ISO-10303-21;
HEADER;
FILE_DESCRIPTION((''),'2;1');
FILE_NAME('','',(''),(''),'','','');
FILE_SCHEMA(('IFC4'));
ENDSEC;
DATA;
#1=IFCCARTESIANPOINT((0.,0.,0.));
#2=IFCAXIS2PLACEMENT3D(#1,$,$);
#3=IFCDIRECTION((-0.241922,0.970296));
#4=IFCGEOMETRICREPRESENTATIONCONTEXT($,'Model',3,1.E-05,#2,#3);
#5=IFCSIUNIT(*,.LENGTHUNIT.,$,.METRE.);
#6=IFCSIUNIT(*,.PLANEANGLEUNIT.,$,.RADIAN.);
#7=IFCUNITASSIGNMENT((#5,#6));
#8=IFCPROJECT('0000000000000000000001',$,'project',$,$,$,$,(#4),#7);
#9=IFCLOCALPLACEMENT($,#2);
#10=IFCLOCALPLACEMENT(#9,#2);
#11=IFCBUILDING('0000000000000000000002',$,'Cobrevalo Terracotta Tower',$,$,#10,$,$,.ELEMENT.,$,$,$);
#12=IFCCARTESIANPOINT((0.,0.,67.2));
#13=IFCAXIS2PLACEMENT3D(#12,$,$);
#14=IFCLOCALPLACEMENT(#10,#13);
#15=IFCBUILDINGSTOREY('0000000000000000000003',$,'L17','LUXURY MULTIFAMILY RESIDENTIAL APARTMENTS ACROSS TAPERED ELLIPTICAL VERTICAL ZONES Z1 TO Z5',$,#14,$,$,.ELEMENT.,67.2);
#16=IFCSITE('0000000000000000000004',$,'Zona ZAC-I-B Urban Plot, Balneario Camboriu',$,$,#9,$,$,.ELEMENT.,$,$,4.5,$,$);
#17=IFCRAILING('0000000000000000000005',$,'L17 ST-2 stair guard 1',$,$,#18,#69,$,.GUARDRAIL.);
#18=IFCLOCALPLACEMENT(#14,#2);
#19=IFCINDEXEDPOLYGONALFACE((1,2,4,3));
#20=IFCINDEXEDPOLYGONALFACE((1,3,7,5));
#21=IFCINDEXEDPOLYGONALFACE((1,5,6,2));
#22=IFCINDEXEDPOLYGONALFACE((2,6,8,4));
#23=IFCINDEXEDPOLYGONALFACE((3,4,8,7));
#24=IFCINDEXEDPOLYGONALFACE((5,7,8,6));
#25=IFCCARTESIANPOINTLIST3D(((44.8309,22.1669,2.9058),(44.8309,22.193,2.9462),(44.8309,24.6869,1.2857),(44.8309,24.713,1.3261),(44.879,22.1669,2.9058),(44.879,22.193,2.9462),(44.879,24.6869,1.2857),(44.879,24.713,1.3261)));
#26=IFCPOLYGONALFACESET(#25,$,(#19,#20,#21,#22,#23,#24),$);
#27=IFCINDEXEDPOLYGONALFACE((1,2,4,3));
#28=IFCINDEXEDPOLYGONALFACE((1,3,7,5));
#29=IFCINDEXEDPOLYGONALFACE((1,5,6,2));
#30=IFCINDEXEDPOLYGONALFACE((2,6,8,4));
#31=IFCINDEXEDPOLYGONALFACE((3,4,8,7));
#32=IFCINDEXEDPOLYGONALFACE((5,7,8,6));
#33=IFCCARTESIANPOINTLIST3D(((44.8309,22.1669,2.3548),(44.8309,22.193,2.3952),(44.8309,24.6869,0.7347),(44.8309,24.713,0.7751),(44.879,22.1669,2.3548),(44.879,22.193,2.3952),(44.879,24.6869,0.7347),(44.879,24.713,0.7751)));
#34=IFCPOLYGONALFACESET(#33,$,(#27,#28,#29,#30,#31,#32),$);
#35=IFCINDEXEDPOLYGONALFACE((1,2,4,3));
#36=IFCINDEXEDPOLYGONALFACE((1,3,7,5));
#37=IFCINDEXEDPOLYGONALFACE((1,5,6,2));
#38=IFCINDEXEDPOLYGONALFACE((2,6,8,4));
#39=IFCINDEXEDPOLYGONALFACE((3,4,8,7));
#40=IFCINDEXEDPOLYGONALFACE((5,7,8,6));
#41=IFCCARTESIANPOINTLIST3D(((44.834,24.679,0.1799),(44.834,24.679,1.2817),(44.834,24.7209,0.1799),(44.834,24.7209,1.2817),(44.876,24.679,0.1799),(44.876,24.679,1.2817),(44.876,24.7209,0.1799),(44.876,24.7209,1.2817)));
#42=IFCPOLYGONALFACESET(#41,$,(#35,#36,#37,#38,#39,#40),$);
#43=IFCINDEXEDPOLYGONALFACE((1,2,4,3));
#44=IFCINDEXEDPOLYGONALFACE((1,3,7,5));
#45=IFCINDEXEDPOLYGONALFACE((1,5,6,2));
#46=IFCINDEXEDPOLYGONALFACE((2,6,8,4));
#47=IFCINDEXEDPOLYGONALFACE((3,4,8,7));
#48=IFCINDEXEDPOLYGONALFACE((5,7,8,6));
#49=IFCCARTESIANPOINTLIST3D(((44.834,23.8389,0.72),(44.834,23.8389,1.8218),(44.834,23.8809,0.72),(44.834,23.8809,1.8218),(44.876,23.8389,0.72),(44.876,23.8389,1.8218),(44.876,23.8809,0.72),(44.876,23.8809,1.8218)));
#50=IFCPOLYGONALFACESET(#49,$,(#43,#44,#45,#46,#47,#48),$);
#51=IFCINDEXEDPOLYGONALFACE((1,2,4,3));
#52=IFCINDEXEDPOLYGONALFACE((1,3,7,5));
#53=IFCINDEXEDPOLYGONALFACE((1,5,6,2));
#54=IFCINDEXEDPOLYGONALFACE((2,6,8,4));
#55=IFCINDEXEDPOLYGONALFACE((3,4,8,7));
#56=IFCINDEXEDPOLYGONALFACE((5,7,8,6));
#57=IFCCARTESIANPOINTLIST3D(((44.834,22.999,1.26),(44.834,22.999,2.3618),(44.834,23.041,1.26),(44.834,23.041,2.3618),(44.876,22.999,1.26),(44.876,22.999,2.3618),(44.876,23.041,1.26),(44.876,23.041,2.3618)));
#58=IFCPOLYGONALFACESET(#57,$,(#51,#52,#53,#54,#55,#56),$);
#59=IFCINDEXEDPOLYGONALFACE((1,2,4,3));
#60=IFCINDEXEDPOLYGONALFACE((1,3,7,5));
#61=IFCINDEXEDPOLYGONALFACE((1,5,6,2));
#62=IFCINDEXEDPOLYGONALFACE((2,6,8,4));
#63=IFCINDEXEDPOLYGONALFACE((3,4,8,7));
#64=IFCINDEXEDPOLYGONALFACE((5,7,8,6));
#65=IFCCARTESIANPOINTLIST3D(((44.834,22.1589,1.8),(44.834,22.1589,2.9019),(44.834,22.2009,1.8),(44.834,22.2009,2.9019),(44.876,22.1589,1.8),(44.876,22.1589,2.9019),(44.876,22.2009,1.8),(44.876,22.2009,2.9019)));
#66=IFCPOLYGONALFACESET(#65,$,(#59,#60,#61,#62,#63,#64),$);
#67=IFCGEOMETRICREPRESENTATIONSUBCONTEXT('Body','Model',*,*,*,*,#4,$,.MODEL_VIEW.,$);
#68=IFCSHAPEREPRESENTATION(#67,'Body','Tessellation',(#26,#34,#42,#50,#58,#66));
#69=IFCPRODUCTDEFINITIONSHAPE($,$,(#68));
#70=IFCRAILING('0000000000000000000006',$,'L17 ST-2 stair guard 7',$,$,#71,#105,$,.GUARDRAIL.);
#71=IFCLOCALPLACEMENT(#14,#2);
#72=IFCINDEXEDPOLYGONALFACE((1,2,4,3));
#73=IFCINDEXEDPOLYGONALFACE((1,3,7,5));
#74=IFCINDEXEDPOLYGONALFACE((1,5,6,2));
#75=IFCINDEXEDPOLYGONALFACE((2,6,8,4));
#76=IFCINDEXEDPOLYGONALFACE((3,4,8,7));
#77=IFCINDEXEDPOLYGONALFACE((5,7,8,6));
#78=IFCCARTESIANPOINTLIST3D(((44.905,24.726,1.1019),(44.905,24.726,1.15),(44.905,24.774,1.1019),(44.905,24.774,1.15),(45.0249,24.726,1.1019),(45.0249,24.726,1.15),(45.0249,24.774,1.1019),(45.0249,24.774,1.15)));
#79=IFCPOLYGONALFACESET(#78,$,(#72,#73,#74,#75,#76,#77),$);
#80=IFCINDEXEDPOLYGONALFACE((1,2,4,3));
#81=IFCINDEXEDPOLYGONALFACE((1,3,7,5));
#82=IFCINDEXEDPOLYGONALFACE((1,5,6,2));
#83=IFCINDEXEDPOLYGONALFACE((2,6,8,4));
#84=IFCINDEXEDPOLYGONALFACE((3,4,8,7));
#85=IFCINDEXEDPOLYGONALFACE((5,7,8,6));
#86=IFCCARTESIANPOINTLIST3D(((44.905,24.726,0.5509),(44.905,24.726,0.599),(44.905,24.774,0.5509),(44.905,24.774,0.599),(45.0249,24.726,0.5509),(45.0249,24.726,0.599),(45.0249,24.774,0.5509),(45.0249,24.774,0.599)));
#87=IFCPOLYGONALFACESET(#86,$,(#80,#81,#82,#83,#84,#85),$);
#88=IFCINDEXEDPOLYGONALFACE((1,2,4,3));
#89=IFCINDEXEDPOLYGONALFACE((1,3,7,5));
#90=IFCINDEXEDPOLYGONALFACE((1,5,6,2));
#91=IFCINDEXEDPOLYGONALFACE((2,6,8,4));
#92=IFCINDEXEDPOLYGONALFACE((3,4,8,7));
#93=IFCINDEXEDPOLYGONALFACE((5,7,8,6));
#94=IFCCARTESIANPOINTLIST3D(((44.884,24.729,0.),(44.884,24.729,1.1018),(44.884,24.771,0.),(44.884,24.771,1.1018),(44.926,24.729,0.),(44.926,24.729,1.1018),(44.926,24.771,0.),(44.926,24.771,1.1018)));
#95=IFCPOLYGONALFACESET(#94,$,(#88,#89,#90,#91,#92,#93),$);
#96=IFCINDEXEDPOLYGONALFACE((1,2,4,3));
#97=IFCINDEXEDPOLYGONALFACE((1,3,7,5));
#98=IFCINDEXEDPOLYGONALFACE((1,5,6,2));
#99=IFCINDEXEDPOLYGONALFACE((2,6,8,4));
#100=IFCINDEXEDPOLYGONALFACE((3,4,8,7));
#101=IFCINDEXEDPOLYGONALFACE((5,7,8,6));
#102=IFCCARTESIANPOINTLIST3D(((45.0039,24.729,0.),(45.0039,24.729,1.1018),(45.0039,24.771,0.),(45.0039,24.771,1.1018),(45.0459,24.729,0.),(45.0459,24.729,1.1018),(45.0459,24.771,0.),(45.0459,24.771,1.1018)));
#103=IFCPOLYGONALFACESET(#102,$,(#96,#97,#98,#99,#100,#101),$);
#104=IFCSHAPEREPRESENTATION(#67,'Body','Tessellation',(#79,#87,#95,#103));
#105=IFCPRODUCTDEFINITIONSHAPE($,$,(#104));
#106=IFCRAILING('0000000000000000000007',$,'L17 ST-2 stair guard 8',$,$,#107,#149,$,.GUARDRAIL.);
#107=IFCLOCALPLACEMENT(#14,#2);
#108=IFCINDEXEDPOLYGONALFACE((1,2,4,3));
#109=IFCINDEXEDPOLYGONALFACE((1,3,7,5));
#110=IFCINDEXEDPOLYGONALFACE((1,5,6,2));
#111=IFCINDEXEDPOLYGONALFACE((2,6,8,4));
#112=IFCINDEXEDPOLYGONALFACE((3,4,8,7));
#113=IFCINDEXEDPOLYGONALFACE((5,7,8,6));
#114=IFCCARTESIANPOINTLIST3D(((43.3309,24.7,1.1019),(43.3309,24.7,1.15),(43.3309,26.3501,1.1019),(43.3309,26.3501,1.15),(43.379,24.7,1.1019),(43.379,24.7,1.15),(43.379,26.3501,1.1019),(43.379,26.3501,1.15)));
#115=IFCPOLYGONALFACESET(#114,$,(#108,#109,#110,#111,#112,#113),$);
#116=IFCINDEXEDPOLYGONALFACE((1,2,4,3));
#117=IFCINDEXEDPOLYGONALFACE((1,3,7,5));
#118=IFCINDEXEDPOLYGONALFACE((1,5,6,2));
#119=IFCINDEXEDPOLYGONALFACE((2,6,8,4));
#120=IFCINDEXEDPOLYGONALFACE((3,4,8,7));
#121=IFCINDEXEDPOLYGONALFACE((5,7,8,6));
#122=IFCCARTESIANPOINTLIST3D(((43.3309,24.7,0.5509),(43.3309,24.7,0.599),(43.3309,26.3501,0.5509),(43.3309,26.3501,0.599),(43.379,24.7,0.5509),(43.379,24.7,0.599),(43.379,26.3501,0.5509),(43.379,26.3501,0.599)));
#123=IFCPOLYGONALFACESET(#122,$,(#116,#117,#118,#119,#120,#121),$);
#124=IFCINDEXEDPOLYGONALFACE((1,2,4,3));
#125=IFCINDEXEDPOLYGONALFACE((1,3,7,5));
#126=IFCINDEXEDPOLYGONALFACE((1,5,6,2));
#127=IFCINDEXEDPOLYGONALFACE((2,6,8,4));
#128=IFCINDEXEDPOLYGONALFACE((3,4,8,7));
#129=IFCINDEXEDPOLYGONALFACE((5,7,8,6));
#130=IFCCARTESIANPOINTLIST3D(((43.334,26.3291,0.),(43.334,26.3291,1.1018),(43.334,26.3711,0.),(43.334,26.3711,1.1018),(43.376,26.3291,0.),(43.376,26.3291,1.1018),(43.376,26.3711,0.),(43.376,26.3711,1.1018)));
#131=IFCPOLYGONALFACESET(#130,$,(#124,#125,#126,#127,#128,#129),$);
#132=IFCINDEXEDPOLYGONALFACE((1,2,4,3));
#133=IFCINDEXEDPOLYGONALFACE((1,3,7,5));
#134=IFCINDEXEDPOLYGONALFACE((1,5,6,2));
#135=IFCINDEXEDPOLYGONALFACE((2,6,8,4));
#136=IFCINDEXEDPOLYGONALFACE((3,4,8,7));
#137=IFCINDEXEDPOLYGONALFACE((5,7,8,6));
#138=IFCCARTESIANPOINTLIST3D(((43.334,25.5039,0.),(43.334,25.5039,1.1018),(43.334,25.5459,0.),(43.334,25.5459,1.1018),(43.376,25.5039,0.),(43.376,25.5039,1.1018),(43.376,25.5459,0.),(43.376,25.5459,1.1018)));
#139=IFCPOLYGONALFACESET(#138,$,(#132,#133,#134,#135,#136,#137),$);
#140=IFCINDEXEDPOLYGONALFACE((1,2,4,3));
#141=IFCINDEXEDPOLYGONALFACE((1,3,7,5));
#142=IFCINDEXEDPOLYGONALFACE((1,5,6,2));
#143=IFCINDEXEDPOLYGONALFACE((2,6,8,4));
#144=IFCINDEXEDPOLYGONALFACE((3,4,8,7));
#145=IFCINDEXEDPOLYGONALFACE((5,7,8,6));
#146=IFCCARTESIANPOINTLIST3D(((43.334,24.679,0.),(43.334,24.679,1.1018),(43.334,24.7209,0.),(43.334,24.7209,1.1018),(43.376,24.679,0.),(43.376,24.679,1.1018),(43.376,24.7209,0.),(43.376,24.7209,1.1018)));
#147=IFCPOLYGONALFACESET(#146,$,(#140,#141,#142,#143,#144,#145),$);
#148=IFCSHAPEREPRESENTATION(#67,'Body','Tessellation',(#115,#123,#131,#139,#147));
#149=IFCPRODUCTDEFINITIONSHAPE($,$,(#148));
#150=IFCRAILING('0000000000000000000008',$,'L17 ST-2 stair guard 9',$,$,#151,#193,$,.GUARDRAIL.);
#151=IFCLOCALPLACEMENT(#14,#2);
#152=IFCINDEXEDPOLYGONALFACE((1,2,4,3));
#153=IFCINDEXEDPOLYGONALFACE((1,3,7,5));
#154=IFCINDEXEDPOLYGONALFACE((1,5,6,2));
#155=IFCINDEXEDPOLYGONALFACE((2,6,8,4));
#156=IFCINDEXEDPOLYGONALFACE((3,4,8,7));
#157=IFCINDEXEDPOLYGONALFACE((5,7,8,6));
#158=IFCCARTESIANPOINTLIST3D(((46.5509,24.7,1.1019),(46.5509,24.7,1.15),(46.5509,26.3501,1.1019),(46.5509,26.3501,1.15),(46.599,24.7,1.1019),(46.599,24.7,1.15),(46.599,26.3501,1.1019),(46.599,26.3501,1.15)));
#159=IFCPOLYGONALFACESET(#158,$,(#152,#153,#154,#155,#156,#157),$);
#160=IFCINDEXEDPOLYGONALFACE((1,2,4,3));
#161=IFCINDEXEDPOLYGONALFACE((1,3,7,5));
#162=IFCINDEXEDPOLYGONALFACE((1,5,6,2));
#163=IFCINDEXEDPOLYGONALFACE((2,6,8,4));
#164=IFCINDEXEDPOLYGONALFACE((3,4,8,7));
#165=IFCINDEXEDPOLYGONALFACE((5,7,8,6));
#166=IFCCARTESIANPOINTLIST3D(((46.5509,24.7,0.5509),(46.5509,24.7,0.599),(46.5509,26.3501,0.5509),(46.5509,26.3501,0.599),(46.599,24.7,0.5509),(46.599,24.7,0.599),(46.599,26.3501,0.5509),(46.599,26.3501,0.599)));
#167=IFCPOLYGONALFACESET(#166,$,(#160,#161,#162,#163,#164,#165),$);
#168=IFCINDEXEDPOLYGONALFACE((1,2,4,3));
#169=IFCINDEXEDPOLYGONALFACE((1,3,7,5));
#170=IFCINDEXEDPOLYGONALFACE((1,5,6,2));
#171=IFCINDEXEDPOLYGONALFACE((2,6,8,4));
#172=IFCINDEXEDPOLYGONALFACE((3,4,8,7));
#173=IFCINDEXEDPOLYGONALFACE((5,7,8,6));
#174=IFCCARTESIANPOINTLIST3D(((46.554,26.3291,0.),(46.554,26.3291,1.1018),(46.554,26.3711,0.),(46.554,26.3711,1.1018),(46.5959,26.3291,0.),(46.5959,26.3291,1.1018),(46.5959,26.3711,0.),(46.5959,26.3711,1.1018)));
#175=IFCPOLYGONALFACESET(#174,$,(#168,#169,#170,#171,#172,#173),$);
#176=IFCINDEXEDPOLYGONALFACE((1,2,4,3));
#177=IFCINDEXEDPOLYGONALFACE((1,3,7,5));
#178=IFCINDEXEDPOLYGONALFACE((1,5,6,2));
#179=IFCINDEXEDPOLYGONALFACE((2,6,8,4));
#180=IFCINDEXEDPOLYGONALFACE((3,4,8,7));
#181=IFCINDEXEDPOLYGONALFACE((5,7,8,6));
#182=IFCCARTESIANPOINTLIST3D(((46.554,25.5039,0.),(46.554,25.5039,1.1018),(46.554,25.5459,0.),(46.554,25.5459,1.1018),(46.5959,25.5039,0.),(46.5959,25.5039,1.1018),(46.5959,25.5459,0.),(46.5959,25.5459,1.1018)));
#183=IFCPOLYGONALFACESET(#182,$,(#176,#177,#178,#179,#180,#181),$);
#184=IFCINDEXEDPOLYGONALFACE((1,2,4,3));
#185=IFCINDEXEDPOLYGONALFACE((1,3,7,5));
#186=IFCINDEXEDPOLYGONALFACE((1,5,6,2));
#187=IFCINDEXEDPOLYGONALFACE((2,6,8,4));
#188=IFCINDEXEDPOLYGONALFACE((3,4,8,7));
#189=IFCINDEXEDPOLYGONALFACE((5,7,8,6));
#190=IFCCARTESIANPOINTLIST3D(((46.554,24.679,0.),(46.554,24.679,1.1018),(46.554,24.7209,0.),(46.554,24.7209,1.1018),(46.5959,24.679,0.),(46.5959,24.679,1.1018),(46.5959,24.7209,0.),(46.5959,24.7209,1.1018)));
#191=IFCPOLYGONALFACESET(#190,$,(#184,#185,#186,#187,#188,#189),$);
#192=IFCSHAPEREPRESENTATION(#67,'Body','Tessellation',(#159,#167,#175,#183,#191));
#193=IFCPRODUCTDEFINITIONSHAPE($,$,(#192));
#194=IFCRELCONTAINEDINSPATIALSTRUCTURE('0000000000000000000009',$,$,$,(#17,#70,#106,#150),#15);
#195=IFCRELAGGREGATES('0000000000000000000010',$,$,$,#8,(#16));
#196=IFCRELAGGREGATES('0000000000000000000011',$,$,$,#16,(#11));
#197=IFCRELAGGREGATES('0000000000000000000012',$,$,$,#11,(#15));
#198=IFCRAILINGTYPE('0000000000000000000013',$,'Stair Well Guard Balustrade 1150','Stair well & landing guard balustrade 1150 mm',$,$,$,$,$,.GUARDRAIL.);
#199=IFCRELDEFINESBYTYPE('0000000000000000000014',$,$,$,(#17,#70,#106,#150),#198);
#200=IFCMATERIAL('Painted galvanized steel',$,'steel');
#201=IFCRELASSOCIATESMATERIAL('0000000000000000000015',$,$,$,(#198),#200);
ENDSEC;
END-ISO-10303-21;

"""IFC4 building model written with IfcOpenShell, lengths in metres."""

from ifc_helpers import new_model, si_unit, direction, frame, origin, origin_2d, place, context, subcontext, project, spatial, rectangle, extrude, material, type_object, element, save


model = new_model("IFC4")

# Units and contexts
model_context = context("Model", 3, precision=1e-05, world=origin(), true_north=direction((-0.241922, 0.970296)))
body_context = subcontext(model_context, "Body", "Model", "MODEL_VIEW")
ifc_project = project(units=[si_unit("LENGTHUNIT", "METRE"), si_unit("PLANEANGLEUNIT", "RADIAN")], contexts=[model_context])

# Site, building, storey
site_placement = place(None, origin())
site = spatial("IfcSite", under=ifc_project, at=site_placement, Name="Zona ZAC-I-B Urban Plot, Balneario Camboriu", CompositionType="ELEMENT", RefElevation=4.5)
building_placement = place(site_placement, origin())
building = spatial("IfcBuilding", under=site, at=building_placement, Name="Cobrevalo Terracotta Tower", CompositionType="ELEMENT")
storey_placement = place(building_placement, frame((0.0, 0.0, 67.2)))
storey = spatial("IfcBuildingStorey", under=building, at=storey_placement, Name="L17", Description="LUXURY MULTIFAMILY RESIDENTIAL APARTMENTS ACROSS TAPERED ELLIPTICAL VERTICAL ZONES Z1 TO Z5", CompositionType="ELEMENT", Elevation=67.2)

# Railings
ifc_material_1 = material(Name="Painted galvanized steel", Category="steel")
railing_type_1 = type_object("IfcRailingType", Name="Stair Well Guard Balustrade 1150", Description="Stair well & landing guard balustrade 1150 mm", PredefinedType="GUARDRAIL", material=ifc_material_1)
railing_1_placement = place(storey_placement, frame((44.855, 24.7, 0.1799)))
element("IfcRailing", 1, at=railing_1_placement, inside=storey, type_object=railing_type_1, Name="L17 ST-2 stair guard 1", PredefinedType="GUARDRAIL", context=body_context, shape_type="SweptSolid", body=[
    extrude(rectangle(XDim=0.0481, YDim=0.0481, at=origin_2d()), frame((0.0, 0.0, 1.126), z_axis=(0.0, -0.841163, 0.540782), x_axis=(1.0, 0.0, 0.0)), (0.0, 0.0, 1.0), 2.9958),
    extrude(rectangle(XDim=0.0481, YDim=0.0481, at=origin_2d()), frame((0.0, 0.0, 0.575), z_axis=(0.0, -0.841163, 0.540782), x_axis=(1.0, 0.0, 0.0)), (0.0, 0.0, 1.0), 2.9958),
    extrude(rectangle(XDim=0.042, YDim=0.042, at=origin_2d()), origin(), (0.0, 0.0, 1.0), 1.1018),
    extrude(rectangle(XDim=0.042, YDim=0.042, at=origin_2d()), frame((0.0, -0.8401, 0.54)), (0.0, 0.0, 1.0), 1.1018),
    extrude(rectangle(XDim=0.042, YDim=0.042, at=origin_2d()), frame((0.0, -1.6799, 1.0801)), (0.0, 0.0, 1.0), 1.1018),
    extrude(rectangle(XDim=0.042, YDim=0.042, at=origin_2d()), frame((0.0, -2.52, 1.6201)), (0.0, 0.0, 1.0), 1.1018),
])
railing_2_placement = place(storey_placement, frame((44.905, 24.75, 0.0)))
element("IfcRailing", 2, at=railing_2_placement, inside=storey, type_object=railing_type_1, Name="L17 ST-2 stair guard 7", PredefinedType="GUARDRAIL", context=body_context, shape_type="SweptSolid", body=[
    extrude(rectangle(XDim=0.0481, YDim=0.0481, at=origin_2d()), frame((0.0, 0.0, 1.126), z_axis=(1.0, 0.0, 0.0), x_axis=(0.0, 1.0, 0.0)), (0.0, 0.0, 1.0), 0.1199),
    extrude(rectangle(XDim=0.0481, YDim=0.0481, at=origin_2d()), frame((0.0, 0.0, 0.575), z_axis=(1.0, 0.0, 0.0), x_axis=(0.0, 1.0, 0.0)), (0.0, 0.0, 1.0), 0.1199),
    extrude(rectangle(XDim=0.042, YDim=0.042, at=origin_2d()), origin(), (0.0, 0.0, 1.0), 1.1018),
    extrude(rectangle(XDim=0.042, YDim=0.042, at=origin_2d()), frame((0.1199, 0.0, 0.0)), (0.0, 0.0, 1.0), 1.1018),
])
for number, where, name in (
    (3, (43.355, 26.3501, 0.0), "L17 ST-2 stair guard 8"),
    (4, (46.575, 26.3501, 0.0), "L17 ST-2 stair guard 9"),
):
    element("IfcRailing", number, at=place(storey_placement, frame(where)), inside=storey, type_object=railing_type_1, Name=name, PredefinedType="GUARDRAIL", context=body_context, shape_type="SweptSolid", body=[
        extrude(rectangle(XDim=0.0481, YDim=0.0481, at=origin_2d()), frame((0.0, 0.0, 1.126), z_axis=(0.0, -1.0, 0.0), x_axis=(1.0, 0.0, 0.0)), (0.0, 0.0, 1.0), 1.6501),
        extrude(rectangle(XDim=0.0481, YDim=0.0481, at=origin_2d()), frame((0.0, 0.0, 0.575), z_axis=(0.0, -1.0, 0.0), x_axis=(1.0, 0.0, 0.0)), (0.0, 0.0, 1.0), 1.6501),
        extrude(rectangle(XDim=0.042, YDim=0.042, at=origin_2d()), origin(), (0.0, 0.0, 1.0), 1.1018),
        extrude(rectangle(XDim=0.042, YDim=0.042, at=origin_2d()), frame((0.0, -0.8252, 0.0)), (0.0, 0.0, 1.0), 1.1018),
        extrude(rectangle(XDim=0.042, YDim=0.042, at=origin_2d()), frame((0.0, -1.6501, 0.0)), (0.0, 0.0, 1.0), 1.1018),
    ])

save(model, "model.ifc")
